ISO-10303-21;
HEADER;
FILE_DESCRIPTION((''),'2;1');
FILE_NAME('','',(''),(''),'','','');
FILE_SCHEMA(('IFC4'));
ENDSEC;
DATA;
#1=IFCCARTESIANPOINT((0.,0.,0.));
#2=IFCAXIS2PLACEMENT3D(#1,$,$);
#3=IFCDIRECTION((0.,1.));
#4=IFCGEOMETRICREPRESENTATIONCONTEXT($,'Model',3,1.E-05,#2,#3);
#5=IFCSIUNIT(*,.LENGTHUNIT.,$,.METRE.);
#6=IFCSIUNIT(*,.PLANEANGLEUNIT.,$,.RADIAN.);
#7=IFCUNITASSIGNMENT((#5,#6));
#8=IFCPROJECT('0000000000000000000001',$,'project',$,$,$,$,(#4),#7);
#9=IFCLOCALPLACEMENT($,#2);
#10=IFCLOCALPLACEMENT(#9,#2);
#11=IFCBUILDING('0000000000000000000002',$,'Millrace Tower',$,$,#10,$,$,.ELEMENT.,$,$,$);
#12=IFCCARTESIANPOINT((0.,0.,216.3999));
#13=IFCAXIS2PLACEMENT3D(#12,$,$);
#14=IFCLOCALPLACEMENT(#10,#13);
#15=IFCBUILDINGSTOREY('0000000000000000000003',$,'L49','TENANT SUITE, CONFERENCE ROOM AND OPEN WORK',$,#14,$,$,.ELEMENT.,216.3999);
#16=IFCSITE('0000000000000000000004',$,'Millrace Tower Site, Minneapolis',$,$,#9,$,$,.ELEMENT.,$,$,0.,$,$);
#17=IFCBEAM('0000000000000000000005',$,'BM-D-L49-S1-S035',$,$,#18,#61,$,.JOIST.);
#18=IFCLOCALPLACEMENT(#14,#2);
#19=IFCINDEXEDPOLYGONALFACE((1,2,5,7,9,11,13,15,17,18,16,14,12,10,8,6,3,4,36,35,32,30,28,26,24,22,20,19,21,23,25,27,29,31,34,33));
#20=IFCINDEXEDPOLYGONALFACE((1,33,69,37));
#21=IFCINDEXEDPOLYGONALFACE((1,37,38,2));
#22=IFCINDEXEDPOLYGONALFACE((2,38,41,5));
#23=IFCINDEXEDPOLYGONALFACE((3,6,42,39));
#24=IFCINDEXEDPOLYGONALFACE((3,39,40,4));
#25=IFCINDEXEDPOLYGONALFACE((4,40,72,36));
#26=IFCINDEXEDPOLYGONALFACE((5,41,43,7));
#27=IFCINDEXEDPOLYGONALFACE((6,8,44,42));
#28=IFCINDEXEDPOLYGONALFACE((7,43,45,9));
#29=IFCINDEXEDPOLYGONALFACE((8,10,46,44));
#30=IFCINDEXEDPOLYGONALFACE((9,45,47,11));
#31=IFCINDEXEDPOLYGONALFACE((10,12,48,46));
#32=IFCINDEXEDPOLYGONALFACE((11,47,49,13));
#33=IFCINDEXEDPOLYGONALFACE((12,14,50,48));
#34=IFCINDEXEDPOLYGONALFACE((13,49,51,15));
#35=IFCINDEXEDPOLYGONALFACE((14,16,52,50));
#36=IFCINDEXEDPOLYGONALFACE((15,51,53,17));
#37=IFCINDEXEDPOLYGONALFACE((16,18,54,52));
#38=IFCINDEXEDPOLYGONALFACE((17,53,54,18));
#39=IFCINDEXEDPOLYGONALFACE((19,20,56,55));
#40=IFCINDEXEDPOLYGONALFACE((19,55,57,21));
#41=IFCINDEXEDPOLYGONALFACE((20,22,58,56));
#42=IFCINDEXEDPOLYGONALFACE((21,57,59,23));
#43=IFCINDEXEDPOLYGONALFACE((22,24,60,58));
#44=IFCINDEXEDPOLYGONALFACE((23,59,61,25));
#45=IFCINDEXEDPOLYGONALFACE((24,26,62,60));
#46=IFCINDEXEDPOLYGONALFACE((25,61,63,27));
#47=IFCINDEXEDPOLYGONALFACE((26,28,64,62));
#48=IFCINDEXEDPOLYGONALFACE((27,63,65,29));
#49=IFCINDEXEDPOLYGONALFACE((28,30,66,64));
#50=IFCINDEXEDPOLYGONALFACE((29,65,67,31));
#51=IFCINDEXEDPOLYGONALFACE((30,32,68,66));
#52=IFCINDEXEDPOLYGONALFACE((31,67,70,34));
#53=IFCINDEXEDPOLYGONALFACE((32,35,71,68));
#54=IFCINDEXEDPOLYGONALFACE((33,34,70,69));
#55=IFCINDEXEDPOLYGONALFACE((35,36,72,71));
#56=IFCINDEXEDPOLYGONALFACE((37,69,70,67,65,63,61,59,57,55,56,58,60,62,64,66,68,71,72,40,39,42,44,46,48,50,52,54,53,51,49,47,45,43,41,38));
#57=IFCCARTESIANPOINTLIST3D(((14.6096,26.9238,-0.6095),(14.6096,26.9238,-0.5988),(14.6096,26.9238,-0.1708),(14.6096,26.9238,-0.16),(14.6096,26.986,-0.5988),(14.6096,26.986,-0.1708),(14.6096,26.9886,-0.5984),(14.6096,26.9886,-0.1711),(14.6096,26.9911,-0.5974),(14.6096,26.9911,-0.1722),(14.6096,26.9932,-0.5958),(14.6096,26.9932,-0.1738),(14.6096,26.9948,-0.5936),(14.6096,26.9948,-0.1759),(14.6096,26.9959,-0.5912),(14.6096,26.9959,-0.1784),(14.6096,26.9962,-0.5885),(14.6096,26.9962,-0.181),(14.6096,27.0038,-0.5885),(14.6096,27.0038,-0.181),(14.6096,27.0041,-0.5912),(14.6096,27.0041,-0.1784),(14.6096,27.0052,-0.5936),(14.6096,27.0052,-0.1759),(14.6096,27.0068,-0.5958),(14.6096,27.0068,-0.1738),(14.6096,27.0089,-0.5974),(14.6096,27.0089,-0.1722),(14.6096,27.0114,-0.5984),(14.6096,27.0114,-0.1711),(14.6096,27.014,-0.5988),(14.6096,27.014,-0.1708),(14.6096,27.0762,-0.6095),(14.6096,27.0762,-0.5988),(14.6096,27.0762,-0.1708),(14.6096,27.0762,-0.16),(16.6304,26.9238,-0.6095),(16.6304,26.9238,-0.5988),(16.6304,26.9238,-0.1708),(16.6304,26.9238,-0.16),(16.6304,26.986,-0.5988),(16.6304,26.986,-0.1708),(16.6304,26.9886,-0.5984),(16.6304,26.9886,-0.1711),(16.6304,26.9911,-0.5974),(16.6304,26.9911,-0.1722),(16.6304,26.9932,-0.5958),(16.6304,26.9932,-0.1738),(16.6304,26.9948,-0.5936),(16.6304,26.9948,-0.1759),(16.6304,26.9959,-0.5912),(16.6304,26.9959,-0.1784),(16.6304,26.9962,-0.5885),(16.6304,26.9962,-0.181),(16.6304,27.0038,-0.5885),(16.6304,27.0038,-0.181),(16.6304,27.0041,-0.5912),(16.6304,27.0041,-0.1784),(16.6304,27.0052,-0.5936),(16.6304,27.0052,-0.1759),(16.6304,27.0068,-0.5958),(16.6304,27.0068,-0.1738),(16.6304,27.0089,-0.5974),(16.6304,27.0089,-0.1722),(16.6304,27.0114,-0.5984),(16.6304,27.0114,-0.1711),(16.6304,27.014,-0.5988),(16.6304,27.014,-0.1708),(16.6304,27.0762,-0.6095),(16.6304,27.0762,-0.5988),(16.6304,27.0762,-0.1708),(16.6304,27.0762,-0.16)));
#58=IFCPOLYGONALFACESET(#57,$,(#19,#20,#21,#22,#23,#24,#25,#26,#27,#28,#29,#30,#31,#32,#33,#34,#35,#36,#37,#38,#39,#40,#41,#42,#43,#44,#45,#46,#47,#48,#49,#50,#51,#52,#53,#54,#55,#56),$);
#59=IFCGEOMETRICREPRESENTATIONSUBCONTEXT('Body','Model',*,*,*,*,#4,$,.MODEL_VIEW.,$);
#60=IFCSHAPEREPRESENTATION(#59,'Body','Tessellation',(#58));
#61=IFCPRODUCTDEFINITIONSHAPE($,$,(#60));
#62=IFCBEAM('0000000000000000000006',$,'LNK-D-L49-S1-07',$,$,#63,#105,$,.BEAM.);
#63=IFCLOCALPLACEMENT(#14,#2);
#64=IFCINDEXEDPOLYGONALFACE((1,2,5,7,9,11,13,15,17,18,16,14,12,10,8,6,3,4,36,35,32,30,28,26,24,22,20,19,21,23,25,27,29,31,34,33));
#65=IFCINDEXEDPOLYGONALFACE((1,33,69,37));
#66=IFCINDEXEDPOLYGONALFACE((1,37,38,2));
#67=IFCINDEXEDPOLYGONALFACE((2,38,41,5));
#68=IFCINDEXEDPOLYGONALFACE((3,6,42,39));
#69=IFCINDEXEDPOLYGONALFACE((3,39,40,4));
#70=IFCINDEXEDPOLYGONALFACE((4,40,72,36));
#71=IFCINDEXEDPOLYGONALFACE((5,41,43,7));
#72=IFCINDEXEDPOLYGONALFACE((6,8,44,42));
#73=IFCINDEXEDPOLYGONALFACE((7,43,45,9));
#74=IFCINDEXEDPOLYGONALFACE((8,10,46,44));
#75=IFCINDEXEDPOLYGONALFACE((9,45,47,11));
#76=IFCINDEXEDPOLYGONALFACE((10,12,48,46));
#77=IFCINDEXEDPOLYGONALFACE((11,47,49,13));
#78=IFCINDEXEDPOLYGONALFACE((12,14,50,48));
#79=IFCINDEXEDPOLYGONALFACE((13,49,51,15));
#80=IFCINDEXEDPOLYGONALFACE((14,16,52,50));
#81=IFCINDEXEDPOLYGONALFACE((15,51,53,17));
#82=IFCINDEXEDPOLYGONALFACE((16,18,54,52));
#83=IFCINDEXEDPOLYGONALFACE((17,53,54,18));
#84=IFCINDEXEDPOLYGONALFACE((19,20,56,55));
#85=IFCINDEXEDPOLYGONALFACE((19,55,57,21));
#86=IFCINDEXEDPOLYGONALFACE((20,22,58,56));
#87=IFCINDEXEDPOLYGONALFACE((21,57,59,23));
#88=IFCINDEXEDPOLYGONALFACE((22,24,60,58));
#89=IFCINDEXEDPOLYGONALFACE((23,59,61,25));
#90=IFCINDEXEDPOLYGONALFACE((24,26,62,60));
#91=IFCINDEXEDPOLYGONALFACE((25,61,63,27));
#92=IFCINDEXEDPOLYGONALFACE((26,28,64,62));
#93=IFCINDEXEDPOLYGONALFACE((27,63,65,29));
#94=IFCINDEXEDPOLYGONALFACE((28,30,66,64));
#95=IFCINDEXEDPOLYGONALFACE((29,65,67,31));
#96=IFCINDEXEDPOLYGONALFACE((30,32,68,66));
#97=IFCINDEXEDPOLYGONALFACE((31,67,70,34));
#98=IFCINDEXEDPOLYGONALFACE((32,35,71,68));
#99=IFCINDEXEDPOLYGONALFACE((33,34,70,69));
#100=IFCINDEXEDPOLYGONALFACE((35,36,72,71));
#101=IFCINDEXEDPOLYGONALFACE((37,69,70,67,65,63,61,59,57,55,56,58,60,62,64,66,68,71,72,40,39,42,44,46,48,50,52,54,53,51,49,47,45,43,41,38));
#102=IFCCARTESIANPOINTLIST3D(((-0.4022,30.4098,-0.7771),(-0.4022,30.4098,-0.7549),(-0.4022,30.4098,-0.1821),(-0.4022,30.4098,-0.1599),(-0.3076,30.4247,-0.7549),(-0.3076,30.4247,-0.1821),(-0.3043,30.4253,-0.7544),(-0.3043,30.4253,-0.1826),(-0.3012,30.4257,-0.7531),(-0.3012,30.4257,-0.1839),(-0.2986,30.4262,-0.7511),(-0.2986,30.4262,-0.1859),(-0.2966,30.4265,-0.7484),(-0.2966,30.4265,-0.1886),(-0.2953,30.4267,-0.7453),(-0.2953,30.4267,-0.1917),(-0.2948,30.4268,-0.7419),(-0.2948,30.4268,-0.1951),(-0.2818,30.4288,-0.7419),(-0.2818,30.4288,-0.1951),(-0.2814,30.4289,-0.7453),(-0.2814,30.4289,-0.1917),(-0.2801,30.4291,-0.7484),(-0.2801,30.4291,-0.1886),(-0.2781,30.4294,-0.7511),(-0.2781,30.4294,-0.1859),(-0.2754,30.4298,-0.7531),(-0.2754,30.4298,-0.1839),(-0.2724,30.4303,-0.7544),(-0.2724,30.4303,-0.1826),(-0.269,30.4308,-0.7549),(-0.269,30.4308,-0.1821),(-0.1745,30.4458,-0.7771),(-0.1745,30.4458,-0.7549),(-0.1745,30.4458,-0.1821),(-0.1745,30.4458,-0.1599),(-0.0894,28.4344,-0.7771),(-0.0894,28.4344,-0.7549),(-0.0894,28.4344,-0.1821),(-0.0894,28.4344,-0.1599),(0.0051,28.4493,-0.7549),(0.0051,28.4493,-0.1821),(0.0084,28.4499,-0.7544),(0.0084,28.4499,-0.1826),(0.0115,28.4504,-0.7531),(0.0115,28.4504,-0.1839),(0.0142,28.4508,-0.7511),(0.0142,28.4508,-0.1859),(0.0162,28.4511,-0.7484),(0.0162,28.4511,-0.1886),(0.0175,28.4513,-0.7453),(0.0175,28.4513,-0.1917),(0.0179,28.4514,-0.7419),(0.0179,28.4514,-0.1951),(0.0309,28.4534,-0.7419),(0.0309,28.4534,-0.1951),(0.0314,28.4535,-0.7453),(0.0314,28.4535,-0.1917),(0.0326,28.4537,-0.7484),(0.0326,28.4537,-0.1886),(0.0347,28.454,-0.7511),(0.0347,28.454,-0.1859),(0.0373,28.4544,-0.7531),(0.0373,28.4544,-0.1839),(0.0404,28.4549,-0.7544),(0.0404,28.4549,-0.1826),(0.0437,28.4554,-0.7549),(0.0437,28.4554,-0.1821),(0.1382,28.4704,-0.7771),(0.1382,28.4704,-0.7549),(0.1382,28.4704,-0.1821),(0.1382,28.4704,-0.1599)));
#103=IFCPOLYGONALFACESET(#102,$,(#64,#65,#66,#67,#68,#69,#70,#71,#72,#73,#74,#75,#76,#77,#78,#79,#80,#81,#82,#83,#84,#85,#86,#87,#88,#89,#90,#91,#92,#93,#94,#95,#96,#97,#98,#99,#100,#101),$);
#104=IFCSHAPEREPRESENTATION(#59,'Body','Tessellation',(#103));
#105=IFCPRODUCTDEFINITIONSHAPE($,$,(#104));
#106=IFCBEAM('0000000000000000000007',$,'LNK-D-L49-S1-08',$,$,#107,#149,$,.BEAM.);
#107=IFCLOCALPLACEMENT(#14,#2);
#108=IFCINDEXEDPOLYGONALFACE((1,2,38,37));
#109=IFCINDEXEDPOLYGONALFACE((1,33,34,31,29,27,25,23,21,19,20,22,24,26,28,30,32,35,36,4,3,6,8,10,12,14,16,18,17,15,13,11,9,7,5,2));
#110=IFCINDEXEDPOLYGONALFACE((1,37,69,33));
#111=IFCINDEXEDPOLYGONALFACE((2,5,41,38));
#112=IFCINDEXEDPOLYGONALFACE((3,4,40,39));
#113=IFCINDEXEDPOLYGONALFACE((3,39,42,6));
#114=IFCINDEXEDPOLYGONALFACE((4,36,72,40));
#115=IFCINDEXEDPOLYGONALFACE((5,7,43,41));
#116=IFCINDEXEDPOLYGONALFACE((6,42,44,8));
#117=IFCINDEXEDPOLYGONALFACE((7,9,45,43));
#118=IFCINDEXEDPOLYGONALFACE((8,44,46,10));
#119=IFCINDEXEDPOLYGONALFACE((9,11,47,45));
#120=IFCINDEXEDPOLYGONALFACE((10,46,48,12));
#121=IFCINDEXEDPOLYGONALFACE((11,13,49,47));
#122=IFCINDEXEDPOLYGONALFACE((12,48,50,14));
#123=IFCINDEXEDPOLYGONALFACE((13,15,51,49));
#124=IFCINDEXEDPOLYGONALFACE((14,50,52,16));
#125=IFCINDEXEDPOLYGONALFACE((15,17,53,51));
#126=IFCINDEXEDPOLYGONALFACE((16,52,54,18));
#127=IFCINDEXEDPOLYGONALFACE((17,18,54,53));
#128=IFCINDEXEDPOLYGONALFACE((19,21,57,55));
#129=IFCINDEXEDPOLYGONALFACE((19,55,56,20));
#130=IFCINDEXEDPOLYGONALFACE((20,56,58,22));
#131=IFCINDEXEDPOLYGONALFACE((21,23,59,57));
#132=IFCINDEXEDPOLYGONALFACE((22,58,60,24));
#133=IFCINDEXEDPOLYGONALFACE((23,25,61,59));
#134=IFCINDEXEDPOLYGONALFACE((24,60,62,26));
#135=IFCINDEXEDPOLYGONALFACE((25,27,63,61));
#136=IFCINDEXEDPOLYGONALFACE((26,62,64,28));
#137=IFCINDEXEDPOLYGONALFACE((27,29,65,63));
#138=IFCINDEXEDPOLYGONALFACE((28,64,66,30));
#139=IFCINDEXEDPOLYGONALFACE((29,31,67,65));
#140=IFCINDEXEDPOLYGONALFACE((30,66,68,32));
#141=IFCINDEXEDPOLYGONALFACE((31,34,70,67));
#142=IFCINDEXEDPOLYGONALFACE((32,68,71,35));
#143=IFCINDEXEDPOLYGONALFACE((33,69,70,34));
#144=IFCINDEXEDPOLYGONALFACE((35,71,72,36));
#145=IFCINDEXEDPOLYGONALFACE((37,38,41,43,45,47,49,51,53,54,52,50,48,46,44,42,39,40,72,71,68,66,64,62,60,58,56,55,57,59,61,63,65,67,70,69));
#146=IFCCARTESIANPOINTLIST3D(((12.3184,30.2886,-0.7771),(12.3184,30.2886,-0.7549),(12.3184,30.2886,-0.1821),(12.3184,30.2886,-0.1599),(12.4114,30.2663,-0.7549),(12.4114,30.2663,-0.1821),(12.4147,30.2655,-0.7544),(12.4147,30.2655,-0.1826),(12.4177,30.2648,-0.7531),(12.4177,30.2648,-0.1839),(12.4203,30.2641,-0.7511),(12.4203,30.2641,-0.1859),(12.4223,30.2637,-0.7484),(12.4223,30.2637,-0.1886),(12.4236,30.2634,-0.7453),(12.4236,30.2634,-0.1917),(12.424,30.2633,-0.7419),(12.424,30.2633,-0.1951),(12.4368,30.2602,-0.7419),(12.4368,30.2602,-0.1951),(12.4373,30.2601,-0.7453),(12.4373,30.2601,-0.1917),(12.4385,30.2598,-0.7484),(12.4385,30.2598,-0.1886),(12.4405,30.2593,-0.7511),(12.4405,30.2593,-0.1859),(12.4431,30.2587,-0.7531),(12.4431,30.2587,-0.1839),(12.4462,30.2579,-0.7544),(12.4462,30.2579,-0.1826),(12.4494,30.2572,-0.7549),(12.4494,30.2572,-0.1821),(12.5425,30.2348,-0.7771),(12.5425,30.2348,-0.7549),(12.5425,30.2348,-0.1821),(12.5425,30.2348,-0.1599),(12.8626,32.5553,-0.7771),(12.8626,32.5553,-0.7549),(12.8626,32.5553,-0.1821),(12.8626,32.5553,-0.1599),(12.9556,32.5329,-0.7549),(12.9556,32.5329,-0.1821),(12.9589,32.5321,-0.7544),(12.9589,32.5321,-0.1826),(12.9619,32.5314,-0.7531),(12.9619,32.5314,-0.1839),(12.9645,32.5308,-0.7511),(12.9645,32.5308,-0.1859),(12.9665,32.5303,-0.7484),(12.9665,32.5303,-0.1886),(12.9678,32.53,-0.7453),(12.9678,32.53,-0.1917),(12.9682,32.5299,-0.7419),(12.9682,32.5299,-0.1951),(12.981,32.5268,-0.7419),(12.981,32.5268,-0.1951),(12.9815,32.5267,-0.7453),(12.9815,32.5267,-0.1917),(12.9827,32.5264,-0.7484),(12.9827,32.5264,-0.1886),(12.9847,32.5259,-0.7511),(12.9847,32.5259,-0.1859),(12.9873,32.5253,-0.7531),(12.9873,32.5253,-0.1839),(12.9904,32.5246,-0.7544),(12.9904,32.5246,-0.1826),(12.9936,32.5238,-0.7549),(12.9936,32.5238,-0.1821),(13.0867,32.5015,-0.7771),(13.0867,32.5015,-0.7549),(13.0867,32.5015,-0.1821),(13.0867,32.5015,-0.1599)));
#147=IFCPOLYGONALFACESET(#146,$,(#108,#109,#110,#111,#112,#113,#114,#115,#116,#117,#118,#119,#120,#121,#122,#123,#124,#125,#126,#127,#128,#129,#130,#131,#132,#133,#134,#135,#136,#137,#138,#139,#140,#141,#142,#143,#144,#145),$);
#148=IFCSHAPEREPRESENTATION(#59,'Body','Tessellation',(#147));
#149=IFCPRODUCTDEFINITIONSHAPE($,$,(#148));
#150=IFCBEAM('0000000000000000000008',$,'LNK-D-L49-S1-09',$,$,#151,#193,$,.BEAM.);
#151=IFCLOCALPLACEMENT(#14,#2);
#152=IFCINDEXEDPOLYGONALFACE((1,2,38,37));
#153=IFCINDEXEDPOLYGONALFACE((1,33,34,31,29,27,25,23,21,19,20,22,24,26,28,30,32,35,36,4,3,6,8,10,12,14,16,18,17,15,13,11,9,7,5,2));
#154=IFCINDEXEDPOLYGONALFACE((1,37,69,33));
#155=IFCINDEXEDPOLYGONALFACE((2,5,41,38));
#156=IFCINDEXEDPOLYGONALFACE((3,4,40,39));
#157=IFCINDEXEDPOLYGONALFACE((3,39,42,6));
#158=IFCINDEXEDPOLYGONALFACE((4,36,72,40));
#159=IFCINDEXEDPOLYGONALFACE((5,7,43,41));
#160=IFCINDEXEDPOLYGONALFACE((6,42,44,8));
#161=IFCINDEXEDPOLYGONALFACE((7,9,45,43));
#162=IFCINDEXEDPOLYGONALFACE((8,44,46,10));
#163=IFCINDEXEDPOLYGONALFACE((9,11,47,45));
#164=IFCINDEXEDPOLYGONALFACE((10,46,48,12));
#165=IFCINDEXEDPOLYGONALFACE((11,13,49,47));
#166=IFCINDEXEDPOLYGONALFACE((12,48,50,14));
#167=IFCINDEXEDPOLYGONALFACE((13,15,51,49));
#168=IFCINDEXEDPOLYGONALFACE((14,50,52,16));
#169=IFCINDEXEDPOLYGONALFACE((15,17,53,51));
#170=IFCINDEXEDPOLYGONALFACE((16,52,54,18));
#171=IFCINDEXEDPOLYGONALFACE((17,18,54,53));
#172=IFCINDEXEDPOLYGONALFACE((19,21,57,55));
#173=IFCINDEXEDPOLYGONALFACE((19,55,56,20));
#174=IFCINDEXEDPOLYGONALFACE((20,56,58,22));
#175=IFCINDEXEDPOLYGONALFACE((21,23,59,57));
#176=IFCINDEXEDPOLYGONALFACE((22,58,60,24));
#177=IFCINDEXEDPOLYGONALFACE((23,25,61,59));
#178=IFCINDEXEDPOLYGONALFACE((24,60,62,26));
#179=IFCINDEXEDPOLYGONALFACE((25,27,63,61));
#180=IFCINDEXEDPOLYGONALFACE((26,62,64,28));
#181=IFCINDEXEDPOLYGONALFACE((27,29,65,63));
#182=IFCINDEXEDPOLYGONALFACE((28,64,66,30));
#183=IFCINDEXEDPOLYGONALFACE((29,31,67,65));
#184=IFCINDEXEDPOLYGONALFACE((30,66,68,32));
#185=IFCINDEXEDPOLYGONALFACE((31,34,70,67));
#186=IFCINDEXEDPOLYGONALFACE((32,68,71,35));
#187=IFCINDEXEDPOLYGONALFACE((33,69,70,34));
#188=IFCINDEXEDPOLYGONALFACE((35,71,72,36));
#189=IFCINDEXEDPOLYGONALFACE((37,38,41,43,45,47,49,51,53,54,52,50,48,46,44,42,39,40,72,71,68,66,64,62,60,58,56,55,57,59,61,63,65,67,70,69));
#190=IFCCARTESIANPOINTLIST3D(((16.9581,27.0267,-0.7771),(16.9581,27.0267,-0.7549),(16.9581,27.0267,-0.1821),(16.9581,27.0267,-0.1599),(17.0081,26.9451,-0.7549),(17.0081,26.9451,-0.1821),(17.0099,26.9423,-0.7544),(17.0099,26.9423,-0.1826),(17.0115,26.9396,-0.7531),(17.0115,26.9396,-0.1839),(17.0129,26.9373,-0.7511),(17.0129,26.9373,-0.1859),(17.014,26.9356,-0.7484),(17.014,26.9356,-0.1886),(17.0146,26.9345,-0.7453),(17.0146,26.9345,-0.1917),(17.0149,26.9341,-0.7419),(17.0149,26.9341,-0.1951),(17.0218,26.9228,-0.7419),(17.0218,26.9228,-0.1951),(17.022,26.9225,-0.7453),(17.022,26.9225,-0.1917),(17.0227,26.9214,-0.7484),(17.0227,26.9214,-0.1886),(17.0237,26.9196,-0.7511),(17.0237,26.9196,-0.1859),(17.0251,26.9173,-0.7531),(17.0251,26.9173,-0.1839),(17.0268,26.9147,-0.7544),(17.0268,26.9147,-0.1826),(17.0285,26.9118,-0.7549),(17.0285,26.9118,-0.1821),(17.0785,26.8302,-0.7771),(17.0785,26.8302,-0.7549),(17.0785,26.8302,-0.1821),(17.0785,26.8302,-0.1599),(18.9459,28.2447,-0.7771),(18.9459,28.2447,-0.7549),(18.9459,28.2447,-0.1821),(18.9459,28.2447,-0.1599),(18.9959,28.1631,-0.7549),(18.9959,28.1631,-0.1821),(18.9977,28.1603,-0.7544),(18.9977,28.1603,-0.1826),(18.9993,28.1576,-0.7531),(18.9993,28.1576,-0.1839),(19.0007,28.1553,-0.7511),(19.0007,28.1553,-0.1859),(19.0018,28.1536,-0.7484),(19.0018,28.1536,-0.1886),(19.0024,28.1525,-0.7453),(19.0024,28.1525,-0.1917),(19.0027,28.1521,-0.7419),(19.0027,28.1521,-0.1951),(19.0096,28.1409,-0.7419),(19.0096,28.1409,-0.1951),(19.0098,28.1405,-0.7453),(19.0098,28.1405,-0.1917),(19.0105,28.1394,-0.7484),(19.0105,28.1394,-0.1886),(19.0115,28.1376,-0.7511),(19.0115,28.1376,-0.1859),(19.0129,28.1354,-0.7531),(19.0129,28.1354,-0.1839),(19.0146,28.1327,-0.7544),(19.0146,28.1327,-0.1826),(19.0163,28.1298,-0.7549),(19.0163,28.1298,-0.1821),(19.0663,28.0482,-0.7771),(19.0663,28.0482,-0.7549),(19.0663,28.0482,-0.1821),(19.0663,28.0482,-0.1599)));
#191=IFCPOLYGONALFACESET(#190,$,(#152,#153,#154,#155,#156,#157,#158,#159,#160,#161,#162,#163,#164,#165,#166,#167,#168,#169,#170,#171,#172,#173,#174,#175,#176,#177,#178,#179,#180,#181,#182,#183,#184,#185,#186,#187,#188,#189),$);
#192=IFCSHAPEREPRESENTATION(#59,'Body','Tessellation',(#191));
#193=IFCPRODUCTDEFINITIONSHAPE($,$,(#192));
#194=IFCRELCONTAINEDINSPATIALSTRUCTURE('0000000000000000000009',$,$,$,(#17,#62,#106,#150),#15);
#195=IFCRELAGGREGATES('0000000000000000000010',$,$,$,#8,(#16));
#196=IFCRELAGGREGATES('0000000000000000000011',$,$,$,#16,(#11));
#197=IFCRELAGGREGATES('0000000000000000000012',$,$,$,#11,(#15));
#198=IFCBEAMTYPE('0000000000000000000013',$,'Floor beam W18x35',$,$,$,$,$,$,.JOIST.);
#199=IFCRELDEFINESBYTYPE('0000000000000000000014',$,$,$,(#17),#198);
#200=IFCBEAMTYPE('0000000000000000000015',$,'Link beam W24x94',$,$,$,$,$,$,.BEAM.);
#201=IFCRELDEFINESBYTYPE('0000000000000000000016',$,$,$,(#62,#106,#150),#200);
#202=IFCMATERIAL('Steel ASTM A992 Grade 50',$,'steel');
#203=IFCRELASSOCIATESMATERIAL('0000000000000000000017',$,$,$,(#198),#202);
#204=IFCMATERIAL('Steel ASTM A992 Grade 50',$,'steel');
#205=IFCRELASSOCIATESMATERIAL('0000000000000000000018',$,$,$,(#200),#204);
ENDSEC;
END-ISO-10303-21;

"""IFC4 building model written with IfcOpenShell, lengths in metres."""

from ifc_helpers import new_model, si_unit, direction, frame, origin, origin_2d, place, context, subcontext, project, spatial, i_section, extrude, material, material_profile, profile_set, type_object, element, save


model = new_model("IFC4")

# Units and contexts
model_context = context("Model", 3, precision=1e-05, world=origin(), true_north=direction((0.0, 1.0)))
body_context = subcontext(model_context, "Body", "Model", "MODEL_VIEW")
ifc_project = project(units=[si_unit("LENGTHUNIT", "METRE"), si_unit("PLANEANGLEUNIT", "RADIAN")], contexts=[model_context])

# Site, building, storey
site_placement = place(None, origin())
site = spatial("IfcSite", under=ifc_project, at=site_placement, Name="Millrace Tower Site, Minneapolis", CompositionType="ELEMENT", RefElevation=0.0)
building_placement = place(site_placement, origin())
building = spatial("IfcBuilding", under=site, at=building_placement, Name="Millrace Tower", CompositionType="ELEMENT")
storey_placement = place(building_placement, frame((0.0, 0.0, 216.3999)))
storey = spatial("IfcBuildingStorey", under=building, at=storey_placement, Name="L49", Description="TENANT SUITE, CONFERENCE ROOM AND OPEN WORK", CompositionType="ELEMENT", Elevation=216.3999)

# Beams
ifc_material_1 = material(Name="Steel ASTM A992 Grade 50", Category="steel")
ifc_material_profile_1 = material_profile(ifc_material_1, i_section(OverallWidth=0.1523, OverallDepth=0.4495, WebThickness=0.0076, FlangeThickness=0.0107, FilletRadius=0.0103, at=origin_2d()))
ifc_profile_set_1 = profile_set([ifc_material_profile_1], Name="Steel ASTM A992 Grade 50")
beam_type_1 = type_object("IfcBeamType", Name="Floor beam W18x35", PredefinedType="JOIST", material=ifc_profile_set_1)
beam_1_placement = place(storey_placement, frame((14.6096, 27.0, -0.3848), z_axis=(1.0, 0.0, 0.0), x_axis=(0.0, 1.0, 0.0)))
element("IfcBeam", 1, at=beam_1_placement, inside=storey, type_object=beam_type_1, Name="BM-D-L49-S1-S035", PredefinedType="JOIST", context=body_context, shape_type="SweptSolid", body=[
    extrude(i_section(OverallWidth=0.1523, OverallDepth=0.4495, WebThickness=0.0076, FlangeThickness=0.0107, FilletRadius=0.0103, at=origin_2d()), origin(), (0.0, 0.0, 1.0), 2.0208),
])
ifc_material_2 = material(Name="Steel ASTM A992 Grade 50", Category="steel")
ifc_material_profile_2 = material_profile(ifc_material_2, i_section(OverallWidth=0.2305, OverallDepth=0.6172, WebThickness=0.0132, FlangeThickness=0.0222, FilletRadius=0.0129, at=origin_2d()))
ifc_profile_set_2 = profile_set([ifc_material_profile_2], Name="Steel ASTM A992 Grade 50")
beam_type_2 = type_object("IfcBeamType", Name="Link beam W24x94", PredefinedType="BEAM", material=ifc_profile_set_2)
beam_2_placement = place(storey_placement, frame((0.0244, 28.4524, -0.4685), z_axis=(-0.156376, 0.987698, 0.0), x_axis=(-0.987698, -0.156376, 0.0)))
element("IfcBeam", 2, at=beam_2_placement, inside=storey, type_object=beam_type_2, Name="LNK-D-L49-S1-07", PredefinedType="BEAM", context=body_context, shape_type="SweptSolid", body=[
    extrude(i_section(OverallWidth=0.2305, OverallDepth=0.6172, WebThickness=0.0132, FlangeThickness=0.0222, FilletRadius=0.0129, at=origin_2d()), origin(), (0.0, 0.0, 1.0), 2.0),
])
beam_3_placement = place(storey_placement, frame((12.4304, 30.2617, -0.4685), z_axis=(0.233456, 0.972367, 0.0), x_axis=(-0.972367, 0.233456, 0.0)))
element("IfcBeam", 3, at=beam_3_placement, inside=storey, type_object=beam_type_2, Name="LNK-D-L49-S1-08", PredefinedType="BEAM", context=body_context, shape_type="SweptSolid", body=[
    extrude(i_section(OverallWidth=0.2305, OverallDepth=0.6172, WebThickness=0.0132, FlangeThickness=0.0222, FilletRadius=0.0129, at=origin_2d()), origin(), (0.0, 0.0, 1.0), 2.3311),
])
beam_4_placement = place(storey_placement, frame((17.0183, 26.9285, -0.4685), z_axis=(0.85266, 0.522466, 0.0), x_axis=(-0.522466, 0.85266, 0.0)))
element("IfcBeam", 4, at=beam_4_placement, inside=storey, type_object=beam_type_2, Name="LNK-D-L49-S1-09", PredefinedType="BEAM", context=body_context, shape_type="SweptSolid", body=[
    extrude(i_section(OverallWidth=0.2305, OverallDepth=0.6172, WebThickness=0.0132, FlangeThickness=0.0222, FilletRadius=0.0129, at=origin_2d()), origin(), (0.0, 0.0, 1.0), 2.3313),
])

save(model, "model.ifc")
